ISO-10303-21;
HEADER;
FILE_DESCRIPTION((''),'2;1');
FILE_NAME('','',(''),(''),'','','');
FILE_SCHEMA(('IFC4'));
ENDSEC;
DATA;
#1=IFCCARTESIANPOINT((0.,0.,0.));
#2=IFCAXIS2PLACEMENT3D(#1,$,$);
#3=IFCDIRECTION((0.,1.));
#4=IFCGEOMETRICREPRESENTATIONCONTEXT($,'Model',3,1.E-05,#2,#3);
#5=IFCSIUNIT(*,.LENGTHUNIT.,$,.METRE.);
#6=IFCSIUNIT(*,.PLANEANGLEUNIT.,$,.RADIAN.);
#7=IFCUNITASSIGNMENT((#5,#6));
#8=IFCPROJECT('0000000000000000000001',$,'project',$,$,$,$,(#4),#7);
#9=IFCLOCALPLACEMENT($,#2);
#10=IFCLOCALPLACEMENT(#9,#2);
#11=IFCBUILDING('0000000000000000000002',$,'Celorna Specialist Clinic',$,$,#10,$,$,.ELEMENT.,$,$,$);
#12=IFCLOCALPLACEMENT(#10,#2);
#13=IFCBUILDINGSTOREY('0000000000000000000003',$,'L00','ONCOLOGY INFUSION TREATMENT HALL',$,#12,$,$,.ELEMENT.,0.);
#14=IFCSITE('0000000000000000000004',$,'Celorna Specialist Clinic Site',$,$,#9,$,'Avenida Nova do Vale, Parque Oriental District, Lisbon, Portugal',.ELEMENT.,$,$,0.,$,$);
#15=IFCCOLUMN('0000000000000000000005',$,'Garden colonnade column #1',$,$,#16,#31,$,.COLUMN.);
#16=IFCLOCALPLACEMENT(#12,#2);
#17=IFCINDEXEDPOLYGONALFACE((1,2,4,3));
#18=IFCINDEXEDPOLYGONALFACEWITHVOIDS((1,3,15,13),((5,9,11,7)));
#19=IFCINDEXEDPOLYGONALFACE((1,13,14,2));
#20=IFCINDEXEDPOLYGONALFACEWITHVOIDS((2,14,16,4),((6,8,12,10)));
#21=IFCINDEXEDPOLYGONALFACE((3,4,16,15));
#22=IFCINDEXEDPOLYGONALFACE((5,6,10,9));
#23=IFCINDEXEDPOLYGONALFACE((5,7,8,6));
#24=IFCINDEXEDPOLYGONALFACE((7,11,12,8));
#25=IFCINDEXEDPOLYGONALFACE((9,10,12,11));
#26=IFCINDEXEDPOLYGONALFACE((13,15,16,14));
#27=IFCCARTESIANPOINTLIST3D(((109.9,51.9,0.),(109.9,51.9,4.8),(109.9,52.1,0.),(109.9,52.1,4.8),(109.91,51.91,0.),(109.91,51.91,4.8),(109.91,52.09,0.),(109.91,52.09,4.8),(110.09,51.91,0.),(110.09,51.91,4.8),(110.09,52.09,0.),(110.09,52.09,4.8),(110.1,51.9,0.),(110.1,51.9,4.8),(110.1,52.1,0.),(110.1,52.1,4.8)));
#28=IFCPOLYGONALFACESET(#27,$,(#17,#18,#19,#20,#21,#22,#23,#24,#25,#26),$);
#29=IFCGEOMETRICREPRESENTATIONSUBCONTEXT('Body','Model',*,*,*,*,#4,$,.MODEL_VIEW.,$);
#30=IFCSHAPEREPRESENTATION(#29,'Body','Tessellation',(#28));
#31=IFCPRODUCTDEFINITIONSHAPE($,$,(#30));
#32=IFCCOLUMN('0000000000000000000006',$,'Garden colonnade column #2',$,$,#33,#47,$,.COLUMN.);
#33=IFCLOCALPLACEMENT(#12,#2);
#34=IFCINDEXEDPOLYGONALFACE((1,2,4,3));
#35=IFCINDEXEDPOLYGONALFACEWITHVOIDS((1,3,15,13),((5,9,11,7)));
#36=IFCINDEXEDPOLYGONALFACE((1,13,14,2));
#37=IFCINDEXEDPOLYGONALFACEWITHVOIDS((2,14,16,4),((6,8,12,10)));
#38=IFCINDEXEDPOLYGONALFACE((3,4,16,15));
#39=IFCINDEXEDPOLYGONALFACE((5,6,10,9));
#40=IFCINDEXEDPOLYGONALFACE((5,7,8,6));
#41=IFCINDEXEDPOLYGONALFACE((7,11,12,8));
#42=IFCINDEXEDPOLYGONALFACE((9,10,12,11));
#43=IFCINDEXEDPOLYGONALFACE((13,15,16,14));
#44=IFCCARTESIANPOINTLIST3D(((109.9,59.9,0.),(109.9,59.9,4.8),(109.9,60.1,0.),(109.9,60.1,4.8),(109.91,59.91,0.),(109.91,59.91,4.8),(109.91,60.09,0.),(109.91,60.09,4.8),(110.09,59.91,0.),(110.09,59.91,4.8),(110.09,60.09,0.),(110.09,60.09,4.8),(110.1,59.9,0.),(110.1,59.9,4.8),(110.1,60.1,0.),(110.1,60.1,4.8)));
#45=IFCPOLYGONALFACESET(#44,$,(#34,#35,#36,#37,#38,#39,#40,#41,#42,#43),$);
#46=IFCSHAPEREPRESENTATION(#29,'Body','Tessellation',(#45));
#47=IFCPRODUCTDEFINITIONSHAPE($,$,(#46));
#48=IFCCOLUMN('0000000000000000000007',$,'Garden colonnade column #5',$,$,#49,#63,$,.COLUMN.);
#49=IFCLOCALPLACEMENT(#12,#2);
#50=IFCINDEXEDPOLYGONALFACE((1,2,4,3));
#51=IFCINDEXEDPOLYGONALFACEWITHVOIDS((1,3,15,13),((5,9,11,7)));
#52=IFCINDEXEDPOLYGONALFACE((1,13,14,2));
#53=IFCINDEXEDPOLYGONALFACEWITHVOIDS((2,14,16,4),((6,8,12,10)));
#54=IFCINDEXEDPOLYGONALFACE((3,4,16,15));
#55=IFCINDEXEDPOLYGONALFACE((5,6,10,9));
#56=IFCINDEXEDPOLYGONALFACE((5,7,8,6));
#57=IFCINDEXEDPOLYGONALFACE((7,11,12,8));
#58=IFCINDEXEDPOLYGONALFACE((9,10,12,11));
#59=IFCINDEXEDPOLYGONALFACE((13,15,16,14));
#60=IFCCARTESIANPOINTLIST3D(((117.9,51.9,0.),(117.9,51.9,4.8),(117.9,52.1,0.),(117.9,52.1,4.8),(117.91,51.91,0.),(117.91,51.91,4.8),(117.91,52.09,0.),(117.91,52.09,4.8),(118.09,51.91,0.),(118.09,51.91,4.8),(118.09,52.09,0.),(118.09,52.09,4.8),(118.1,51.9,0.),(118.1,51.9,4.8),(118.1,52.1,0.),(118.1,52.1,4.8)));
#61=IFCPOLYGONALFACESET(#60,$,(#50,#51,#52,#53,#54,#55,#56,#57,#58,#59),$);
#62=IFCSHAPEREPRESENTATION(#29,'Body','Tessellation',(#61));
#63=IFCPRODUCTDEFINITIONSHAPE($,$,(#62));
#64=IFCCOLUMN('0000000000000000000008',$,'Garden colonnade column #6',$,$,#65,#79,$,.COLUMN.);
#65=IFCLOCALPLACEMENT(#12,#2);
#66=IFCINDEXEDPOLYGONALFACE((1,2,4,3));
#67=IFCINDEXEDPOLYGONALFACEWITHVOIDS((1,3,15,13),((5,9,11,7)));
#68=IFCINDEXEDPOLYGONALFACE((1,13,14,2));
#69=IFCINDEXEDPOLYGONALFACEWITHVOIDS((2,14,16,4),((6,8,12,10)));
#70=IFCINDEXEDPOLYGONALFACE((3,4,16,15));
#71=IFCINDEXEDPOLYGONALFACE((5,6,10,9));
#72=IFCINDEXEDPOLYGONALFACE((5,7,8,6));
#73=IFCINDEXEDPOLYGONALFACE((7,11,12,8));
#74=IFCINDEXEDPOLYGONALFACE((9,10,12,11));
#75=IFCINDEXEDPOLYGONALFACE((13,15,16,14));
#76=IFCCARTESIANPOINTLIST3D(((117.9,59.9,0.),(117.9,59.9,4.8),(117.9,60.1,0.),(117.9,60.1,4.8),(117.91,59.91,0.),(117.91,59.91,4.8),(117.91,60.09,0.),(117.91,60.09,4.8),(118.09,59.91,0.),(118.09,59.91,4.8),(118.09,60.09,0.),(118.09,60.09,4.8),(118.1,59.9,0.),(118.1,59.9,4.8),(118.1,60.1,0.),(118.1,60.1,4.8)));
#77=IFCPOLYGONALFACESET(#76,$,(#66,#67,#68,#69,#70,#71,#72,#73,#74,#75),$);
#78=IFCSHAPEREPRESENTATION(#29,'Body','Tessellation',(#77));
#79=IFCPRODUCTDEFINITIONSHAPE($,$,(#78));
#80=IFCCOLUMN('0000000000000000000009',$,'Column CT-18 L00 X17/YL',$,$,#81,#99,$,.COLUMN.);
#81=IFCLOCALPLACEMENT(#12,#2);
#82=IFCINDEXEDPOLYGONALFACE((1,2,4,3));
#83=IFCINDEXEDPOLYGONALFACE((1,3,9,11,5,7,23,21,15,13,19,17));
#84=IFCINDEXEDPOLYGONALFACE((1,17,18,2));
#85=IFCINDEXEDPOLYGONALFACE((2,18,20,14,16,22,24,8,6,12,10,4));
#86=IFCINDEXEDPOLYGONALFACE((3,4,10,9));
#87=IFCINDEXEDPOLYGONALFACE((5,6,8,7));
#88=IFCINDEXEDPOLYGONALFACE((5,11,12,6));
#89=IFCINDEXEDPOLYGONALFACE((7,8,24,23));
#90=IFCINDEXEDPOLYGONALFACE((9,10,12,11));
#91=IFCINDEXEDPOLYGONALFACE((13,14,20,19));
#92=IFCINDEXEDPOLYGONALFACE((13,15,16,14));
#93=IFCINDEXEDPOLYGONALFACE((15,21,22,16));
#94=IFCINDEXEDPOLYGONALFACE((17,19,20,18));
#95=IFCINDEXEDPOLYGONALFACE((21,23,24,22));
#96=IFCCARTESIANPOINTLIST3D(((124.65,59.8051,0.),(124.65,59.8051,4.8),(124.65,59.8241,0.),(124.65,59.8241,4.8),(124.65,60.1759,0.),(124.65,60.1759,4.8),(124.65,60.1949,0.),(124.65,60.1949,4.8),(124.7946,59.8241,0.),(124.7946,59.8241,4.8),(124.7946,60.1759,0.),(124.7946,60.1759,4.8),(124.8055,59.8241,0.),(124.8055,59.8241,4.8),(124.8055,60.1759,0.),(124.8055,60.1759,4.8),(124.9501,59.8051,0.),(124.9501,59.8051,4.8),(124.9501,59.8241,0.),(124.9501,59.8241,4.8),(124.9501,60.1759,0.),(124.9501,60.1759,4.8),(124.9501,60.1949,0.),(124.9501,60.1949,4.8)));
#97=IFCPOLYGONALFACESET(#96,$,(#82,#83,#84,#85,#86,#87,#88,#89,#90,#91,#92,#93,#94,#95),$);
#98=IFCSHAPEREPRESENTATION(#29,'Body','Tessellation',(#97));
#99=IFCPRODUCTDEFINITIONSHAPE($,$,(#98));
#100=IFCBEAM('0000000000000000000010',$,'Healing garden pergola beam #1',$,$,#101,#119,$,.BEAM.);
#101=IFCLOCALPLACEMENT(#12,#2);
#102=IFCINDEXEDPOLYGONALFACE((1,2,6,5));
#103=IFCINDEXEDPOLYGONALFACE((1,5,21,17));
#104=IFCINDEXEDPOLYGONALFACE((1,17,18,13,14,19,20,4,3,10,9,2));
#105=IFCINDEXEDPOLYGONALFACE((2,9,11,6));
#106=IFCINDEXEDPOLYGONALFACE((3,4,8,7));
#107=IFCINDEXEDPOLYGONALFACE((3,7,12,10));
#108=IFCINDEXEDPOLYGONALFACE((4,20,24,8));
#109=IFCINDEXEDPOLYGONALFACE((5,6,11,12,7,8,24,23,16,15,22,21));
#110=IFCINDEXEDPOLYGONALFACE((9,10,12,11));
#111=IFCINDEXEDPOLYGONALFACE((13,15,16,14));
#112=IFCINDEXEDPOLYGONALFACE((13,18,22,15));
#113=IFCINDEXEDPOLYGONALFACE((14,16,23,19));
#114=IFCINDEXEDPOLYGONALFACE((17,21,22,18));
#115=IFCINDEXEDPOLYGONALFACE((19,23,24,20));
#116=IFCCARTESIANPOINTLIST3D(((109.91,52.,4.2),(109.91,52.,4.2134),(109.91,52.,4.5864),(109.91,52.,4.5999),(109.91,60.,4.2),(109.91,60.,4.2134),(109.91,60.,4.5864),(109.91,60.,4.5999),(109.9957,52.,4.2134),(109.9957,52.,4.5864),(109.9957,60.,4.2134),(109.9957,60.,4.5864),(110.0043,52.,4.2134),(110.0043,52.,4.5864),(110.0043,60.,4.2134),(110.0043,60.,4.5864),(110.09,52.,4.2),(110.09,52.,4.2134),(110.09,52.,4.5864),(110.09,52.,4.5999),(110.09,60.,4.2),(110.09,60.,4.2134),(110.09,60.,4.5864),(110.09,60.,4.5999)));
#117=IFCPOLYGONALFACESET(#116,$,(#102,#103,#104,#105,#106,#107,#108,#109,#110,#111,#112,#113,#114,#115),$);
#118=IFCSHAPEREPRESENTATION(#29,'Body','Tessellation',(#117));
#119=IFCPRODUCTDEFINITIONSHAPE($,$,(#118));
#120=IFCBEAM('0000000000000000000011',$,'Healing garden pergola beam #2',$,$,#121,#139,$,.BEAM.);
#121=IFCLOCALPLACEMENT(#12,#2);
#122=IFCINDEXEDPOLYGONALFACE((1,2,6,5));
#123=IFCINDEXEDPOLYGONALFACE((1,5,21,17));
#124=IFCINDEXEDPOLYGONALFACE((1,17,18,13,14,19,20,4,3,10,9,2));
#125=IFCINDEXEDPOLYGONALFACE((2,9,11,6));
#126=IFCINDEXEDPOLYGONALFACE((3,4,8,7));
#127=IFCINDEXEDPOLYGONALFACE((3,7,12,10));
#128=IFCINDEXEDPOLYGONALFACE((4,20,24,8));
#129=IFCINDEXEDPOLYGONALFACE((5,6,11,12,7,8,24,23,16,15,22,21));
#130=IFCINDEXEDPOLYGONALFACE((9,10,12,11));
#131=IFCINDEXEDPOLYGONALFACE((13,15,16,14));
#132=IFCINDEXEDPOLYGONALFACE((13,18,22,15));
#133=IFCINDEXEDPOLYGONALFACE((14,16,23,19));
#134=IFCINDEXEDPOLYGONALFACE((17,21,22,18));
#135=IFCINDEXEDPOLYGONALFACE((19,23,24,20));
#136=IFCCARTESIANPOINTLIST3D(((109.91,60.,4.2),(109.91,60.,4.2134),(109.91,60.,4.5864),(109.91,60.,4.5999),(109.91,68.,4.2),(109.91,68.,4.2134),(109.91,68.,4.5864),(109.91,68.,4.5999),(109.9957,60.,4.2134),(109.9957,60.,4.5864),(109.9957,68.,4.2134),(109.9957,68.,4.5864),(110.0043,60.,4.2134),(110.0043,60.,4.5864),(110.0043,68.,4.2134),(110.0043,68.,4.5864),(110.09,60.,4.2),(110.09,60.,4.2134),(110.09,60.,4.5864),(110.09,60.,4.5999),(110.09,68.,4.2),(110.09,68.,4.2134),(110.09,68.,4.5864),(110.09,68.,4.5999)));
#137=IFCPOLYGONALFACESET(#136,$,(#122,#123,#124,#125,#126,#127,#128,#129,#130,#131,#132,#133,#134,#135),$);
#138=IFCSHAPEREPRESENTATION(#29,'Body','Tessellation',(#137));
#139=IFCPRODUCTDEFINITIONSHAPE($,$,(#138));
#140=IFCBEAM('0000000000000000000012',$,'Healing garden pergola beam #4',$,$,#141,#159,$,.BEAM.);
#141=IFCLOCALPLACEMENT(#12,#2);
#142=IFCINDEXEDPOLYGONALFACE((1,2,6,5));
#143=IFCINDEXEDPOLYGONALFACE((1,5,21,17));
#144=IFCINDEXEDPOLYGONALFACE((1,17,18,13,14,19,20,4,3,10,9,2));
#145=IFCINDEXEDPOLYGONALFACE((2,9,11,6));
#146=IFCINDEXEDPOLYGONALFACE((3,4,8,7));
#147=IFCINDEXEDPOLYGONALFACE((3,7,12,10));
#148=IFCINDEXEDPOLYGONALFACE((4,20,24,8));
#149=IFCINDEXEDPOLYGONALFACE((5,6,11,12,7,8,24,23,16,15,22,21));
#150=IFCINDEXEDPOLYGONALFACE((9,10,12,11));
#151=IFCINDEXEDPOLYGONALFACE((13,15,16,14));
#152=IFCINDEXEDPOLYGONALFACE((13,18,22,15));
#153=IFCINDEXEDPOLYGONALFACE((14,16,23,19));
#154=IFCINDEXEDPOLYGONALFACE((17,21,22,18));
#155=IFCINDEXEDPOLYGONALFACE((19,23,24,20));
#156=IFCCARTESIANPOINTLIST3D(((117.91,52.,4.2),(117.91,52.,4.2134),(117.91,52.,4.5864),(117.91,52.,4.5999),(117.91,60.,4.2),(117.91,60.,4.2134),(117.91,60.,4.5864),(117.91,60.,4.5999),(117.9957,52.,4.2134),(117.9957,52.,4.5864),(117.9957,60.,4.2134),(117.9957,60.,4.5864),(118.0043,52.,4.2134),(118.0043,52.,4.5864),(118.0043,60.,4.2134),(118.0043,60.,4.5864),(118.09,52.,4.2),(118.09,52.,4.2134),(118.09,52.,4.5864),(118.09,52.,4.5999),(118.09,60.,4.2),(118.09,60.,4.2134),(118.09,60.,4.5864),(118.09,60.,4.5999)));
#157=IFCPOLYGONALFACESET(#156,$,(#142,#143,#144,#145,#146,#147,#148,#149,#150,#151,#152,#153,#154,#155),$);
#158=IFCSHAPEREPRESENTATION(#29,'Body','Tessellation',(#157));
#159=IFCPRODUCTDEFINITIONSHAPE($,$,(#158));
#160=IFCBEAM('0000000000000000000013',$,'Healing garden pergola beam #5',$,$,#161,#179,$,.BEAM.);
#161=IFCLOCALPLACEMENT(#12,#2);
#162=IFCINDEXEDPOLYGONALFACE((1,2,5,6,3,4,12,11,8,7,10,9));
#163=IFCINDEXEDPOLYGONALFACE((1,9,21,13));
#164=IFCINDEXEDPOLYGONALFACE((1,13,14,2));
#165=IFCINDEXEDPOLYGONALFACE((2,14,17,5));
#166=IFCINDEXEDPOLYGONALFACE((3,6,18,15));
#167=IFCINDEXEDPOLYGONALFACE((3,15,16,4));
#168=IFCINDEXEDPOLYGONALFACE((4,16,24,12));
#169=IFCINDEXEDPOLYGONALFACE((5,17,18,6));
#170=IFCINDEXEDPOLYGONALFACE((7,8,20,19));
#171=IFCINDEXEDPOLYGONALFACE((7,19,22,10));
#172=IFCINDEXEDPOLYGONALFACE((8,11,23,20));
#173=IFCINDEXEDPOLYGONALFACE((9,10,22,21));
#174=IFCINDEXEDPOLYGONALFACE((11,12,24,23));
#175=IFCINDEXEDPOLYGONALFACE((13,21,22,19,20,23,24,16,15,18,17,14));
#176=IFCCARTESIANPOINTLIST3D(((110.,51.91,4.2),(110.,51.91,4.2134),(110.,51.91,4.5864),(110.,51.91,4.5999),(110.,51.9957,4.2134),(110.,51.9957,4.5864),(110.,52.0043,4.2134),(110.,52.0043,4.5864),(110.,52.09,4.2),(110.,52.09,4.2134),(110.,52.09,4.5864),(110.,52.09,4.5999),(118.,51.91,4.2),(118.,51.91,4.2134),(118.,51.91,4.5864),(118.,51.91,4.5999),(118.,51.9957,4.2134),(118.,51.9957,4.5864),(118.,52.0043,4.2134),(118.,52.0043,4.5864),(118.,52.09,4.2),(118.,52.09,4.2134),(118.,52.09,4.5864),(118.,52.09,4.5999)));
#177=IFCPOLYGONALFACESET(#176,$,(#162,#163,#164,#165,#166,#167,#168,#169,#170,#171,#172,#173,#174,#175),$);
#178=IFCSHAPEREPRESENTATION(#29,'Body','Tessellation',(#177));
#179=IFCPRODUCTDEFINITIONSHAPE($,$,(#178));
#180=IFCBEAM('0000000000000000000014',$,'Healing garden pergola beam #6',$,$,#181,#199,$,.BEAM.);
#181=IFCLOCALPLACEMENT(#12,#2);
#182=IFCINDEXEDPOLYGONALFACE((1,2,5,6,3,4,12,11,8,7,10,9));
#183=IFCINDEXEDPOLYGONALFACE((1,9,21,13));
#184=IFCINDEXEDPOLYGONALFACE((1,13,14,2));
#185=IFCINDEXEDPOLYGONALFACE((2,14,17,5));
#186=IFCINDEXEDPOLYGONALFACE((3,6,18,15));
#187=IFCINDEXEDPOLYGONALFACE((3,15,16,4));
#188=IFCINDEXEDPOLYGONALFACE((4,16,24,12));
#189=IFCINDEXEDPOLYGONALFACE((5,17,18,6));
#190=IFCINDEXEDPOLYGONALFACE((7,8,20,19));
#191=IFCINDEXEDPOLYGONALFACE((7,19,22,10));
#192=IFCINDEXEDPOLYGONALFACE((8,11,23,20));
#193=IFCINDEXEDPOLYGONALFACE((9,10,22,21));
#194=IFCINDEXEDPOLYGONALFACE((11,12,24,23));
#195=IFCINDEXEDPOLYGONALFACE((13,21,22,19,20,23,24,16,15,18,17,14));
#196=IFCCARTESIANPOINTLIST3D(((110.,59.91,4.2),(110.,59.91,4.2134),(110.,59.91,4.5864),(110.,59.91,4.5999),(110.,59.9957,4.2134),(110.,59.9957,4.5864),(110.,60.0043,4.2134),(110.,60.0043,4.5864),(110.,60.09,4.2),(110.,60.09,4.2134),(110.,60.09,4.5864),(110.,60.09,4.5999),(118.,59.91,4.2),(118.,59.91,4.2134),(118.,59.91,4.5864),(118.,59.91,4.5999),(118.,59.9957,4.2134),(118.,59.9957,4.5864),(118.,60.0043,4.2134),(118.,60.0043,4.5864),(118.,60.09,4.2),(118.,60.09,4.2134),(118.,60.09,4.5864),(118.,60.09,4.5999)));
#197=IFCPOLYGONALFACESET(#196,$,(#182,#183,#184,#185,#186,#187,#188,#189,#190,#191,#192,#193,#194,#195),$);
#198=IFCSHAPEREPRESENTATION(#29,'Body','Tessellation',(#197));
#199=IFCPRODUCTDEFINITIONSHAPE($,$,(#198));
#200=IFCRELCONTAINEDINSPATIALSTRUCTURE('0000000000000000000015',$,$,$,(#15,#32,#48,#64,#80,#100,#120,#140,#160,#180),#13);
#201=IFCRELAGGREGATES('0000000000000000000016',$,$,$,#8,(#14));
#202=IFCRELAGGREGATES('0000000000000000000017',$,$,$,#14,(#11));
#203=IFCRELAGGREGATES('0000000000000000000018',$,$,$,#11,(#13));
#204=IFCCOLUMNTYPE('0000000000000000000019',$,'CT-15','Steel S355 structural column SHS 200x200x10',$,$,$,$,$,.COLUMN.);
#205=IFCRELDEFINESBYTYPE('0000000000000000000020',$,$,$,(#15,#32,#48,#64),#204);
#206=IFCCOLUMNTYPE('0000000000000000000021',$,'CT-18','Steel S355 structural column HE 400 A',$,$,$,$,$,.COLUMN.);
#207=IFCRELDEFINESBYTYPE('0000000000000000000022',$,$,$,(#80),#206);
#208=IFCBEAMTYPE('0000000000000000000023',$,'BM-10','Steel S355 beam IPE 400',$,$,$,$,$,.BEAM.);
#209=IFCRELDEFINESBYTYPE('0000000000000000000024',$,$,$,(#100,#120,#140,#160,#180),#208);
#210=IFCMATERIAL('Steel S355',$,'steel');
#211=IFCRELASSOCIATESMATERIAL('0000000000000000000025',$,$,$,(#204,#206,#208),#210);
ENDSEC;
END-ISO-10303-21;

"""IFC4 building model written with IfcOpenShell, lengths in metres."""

from ifc_helpers import new_model, si_unit, direction, frame, origin, origin_2d, place, context, subcontext, project, spatial, hollow_rectangle, i_section, extrude, material, material_profile, profile_set, type_object, element, save


model = new_model("IFC4")

# Units and contexts
model_context = context("Model", 3, precision=1e-05, world=origin(), true_north=direction((0.0, 1.0)))
body_context = subcontext(model_context, "Body", "Model", "MODEL_VIEW")
ifc_project = project(units=[si_unit("LENGTHUNIT", "METRE"), si_unit("PLANEANGLEUNIT", "RADIAN")], contexts=[model_context])

# Site, building, storey
site_placement = place(None, origin())
site = spatial("IfcSite", under=ifc_project, at=site_placement, Name="Celorna Specialist Clinic Site", LongName="Avenida Nova do Vale, Parque Oriental District, Lisbon, Portugal", CompositionType="ELEMENT", RefElevation=0.0)
building_placement = place(site_placement, origin())
building = spatial("IfcBuilding", under=site, at=building_placement, Name="Celorna Specialist Clinic", CompositionType="ELEMENT")
storey_placement = place(building_placement, origin())
storey = spatial("IfcBuildingStorey", under=building, at=storey_placement, Name="L00", Description="ONCOLOGY INFUSION TREATMENT HALL", CompositionType="ELEMENT", Elevation=0.0)

# Columns
ifc_material_1 = material(Name="Steel S355", Category="steel")
ifc_material_profile_1 = material_profile(ifc_material_1, hollow_rectangle(XDim=0.2, YDim=0.2, WallThickness=0.01, at=origin_2d()), Name="SHS 200x200x10")
ifc_profile_set_1 = profile_set([ifc_material_profile_1], Name="Steel S355")
column_type_1 = type_object("IfcColumnType", Name="CT-15", Description="Steel S355 structural column SHS 200x200x10", PredefinedType="COLUMN", material=ifc_profile_set_1)
for number, where, z_axis, x_axis, name in (
    (1, (110.0, 52.0, 0.0), (0.0, 0.0, 1.0), (1.0, 0.0, 0.0), "Garden colonnade column #1"),
    (2, (110.0, 60.0, 0.0), (0.0, 0.0, 1.0), (1.0, 0.0, 0.0), "Garden colonnade column #2"),
    (3, (118.0, 52.0, 0.0), (0.0, 0.0, 1.0), (1.0, 0.0, 0.0), "Garden colonnade column #5"),
    (4, (118.0, 60.0, 0.0), (0.0, 0.0, 1.0), (1.0, 0.0, 0.0), "Garden colonnade column #6"),
):
    element("IfcColumn", number, at=place(storey_placement, frame(where, z_axis=z_axis, x_axis=x_axis)), inside=storey, type_object=column_type_1, Name=name, PredefinedType="COLUMN", context=body_context, shape_type="SweptSolid", body=[
        extrude(hollow_rectangle(XDim=0.2, YDim=0.2, WallThickness=0.01, at=origin_2d()), origin(), (0.0, 0.0, 1.0), 4.8),
    ])
ifc_material_profile_2 = material_profile(ifc_material_1, i_section(OverallWidth=0.3, OverallDepth=0.3899, WebThickness=0.011, FlangeThickness=0.019, at=origin_2d()), Name="HE 400 A")
ifc_profile_set_2 = profile_set([ifc_material_profile_2], Name="Steel S355")
column_type_2 = type_object("IfcColumnType", Name="CT-18", Description="Steel S355 structural column HE 400 A", PredefinedType="COLUMN", material=ifc_profile_set_2)
column_placement = place(storey_placement, frame((124.8, 60.0, 0.0), z_axis=(0.0, 0.0, 1.0), x_axis=(1.0, 0.0, 0.0)))
element("IfcColumn", 5, at=column_placement, inside=storey, type_object=column_type_2, Name="Column CT-18 L00 X17/YL", PredefinedType="COLUMN", context=body_context, shape_type="SweptSolid", body=[
    extrude(i_section(OverallWidth=0.3, OverallDepth=0.3899, WebThickness=0.011, FlangeThickness=0.019, at=origin_2d()), origin(), (0.0, 0.0, 1.0), 4.8),
])

# Beams
ifc_material_profile_3 = material_profile(ifc_material_1, i_section(OverallWidth=0.1799, OverallDepth=0.3999, WebThickness=0.0085, FlangeThickness=0.0134, at=origin_2d()), Name="IPE 400")
ifc_profile_set_3 = profile_set([ifc_material_profile_3], Name="Steel S355")
beam_type_1 = type_object("IfcBeamType", Name="BM-10", Description="Steel S355 beam IPE 400", PredefinedType="BEAM", material=ifc_profile_set_3)
for number, where, z_axis, x_axis, name in (
    (6, (110.0, 52.0, 4.3999), (0.0, 1.0, 0.0), (-1.0, 0.0, 0.0), "Healing garden pergola beam #1"),
    (7, (110.0, 60.0, 4.3999), (0.0, 1.0, 0.0), (-1.0, 0.0, 0.0), "Healing garden pergola beam #2"),
    (8, (118.0, 52.0, 4.3999), (0.0, 1.0, 0.0), (-1.0, 0.0, 0.0), "Healing garden pergola beam #4"),
    (9, (110.0, 52.0, 4.3999), (1.0, 0.0, 0.0), (0.0, 1.0, 0.0), "Healing garden pergola beam #5"),
    (10, (110.0, 60.0, 4.3999), (1.0, 0.0, 0.0), (0.0, 1.0, 0.0), "Healing garden pergola beam #6"),
):
    element("IfcBeam", number, at=place(storey_placement, frame(where, z_axis=z_axis, x_axis=x_axis)), inside=storey, type_object=beam_type_1, Name=name, PredefinedType="BEAM", context=body_context, shape_type="SweptSolid", body=[
        extrude(i_section(OverallWidth=0.1799, OverallDepth=0.3999, WebThickness=0.0085, FlangeThickness=0.0134, at=origin_2d()), origin(), (0.0, 0.0, 1.0), 8.0),
    ])

save(model, "model.ifc")
